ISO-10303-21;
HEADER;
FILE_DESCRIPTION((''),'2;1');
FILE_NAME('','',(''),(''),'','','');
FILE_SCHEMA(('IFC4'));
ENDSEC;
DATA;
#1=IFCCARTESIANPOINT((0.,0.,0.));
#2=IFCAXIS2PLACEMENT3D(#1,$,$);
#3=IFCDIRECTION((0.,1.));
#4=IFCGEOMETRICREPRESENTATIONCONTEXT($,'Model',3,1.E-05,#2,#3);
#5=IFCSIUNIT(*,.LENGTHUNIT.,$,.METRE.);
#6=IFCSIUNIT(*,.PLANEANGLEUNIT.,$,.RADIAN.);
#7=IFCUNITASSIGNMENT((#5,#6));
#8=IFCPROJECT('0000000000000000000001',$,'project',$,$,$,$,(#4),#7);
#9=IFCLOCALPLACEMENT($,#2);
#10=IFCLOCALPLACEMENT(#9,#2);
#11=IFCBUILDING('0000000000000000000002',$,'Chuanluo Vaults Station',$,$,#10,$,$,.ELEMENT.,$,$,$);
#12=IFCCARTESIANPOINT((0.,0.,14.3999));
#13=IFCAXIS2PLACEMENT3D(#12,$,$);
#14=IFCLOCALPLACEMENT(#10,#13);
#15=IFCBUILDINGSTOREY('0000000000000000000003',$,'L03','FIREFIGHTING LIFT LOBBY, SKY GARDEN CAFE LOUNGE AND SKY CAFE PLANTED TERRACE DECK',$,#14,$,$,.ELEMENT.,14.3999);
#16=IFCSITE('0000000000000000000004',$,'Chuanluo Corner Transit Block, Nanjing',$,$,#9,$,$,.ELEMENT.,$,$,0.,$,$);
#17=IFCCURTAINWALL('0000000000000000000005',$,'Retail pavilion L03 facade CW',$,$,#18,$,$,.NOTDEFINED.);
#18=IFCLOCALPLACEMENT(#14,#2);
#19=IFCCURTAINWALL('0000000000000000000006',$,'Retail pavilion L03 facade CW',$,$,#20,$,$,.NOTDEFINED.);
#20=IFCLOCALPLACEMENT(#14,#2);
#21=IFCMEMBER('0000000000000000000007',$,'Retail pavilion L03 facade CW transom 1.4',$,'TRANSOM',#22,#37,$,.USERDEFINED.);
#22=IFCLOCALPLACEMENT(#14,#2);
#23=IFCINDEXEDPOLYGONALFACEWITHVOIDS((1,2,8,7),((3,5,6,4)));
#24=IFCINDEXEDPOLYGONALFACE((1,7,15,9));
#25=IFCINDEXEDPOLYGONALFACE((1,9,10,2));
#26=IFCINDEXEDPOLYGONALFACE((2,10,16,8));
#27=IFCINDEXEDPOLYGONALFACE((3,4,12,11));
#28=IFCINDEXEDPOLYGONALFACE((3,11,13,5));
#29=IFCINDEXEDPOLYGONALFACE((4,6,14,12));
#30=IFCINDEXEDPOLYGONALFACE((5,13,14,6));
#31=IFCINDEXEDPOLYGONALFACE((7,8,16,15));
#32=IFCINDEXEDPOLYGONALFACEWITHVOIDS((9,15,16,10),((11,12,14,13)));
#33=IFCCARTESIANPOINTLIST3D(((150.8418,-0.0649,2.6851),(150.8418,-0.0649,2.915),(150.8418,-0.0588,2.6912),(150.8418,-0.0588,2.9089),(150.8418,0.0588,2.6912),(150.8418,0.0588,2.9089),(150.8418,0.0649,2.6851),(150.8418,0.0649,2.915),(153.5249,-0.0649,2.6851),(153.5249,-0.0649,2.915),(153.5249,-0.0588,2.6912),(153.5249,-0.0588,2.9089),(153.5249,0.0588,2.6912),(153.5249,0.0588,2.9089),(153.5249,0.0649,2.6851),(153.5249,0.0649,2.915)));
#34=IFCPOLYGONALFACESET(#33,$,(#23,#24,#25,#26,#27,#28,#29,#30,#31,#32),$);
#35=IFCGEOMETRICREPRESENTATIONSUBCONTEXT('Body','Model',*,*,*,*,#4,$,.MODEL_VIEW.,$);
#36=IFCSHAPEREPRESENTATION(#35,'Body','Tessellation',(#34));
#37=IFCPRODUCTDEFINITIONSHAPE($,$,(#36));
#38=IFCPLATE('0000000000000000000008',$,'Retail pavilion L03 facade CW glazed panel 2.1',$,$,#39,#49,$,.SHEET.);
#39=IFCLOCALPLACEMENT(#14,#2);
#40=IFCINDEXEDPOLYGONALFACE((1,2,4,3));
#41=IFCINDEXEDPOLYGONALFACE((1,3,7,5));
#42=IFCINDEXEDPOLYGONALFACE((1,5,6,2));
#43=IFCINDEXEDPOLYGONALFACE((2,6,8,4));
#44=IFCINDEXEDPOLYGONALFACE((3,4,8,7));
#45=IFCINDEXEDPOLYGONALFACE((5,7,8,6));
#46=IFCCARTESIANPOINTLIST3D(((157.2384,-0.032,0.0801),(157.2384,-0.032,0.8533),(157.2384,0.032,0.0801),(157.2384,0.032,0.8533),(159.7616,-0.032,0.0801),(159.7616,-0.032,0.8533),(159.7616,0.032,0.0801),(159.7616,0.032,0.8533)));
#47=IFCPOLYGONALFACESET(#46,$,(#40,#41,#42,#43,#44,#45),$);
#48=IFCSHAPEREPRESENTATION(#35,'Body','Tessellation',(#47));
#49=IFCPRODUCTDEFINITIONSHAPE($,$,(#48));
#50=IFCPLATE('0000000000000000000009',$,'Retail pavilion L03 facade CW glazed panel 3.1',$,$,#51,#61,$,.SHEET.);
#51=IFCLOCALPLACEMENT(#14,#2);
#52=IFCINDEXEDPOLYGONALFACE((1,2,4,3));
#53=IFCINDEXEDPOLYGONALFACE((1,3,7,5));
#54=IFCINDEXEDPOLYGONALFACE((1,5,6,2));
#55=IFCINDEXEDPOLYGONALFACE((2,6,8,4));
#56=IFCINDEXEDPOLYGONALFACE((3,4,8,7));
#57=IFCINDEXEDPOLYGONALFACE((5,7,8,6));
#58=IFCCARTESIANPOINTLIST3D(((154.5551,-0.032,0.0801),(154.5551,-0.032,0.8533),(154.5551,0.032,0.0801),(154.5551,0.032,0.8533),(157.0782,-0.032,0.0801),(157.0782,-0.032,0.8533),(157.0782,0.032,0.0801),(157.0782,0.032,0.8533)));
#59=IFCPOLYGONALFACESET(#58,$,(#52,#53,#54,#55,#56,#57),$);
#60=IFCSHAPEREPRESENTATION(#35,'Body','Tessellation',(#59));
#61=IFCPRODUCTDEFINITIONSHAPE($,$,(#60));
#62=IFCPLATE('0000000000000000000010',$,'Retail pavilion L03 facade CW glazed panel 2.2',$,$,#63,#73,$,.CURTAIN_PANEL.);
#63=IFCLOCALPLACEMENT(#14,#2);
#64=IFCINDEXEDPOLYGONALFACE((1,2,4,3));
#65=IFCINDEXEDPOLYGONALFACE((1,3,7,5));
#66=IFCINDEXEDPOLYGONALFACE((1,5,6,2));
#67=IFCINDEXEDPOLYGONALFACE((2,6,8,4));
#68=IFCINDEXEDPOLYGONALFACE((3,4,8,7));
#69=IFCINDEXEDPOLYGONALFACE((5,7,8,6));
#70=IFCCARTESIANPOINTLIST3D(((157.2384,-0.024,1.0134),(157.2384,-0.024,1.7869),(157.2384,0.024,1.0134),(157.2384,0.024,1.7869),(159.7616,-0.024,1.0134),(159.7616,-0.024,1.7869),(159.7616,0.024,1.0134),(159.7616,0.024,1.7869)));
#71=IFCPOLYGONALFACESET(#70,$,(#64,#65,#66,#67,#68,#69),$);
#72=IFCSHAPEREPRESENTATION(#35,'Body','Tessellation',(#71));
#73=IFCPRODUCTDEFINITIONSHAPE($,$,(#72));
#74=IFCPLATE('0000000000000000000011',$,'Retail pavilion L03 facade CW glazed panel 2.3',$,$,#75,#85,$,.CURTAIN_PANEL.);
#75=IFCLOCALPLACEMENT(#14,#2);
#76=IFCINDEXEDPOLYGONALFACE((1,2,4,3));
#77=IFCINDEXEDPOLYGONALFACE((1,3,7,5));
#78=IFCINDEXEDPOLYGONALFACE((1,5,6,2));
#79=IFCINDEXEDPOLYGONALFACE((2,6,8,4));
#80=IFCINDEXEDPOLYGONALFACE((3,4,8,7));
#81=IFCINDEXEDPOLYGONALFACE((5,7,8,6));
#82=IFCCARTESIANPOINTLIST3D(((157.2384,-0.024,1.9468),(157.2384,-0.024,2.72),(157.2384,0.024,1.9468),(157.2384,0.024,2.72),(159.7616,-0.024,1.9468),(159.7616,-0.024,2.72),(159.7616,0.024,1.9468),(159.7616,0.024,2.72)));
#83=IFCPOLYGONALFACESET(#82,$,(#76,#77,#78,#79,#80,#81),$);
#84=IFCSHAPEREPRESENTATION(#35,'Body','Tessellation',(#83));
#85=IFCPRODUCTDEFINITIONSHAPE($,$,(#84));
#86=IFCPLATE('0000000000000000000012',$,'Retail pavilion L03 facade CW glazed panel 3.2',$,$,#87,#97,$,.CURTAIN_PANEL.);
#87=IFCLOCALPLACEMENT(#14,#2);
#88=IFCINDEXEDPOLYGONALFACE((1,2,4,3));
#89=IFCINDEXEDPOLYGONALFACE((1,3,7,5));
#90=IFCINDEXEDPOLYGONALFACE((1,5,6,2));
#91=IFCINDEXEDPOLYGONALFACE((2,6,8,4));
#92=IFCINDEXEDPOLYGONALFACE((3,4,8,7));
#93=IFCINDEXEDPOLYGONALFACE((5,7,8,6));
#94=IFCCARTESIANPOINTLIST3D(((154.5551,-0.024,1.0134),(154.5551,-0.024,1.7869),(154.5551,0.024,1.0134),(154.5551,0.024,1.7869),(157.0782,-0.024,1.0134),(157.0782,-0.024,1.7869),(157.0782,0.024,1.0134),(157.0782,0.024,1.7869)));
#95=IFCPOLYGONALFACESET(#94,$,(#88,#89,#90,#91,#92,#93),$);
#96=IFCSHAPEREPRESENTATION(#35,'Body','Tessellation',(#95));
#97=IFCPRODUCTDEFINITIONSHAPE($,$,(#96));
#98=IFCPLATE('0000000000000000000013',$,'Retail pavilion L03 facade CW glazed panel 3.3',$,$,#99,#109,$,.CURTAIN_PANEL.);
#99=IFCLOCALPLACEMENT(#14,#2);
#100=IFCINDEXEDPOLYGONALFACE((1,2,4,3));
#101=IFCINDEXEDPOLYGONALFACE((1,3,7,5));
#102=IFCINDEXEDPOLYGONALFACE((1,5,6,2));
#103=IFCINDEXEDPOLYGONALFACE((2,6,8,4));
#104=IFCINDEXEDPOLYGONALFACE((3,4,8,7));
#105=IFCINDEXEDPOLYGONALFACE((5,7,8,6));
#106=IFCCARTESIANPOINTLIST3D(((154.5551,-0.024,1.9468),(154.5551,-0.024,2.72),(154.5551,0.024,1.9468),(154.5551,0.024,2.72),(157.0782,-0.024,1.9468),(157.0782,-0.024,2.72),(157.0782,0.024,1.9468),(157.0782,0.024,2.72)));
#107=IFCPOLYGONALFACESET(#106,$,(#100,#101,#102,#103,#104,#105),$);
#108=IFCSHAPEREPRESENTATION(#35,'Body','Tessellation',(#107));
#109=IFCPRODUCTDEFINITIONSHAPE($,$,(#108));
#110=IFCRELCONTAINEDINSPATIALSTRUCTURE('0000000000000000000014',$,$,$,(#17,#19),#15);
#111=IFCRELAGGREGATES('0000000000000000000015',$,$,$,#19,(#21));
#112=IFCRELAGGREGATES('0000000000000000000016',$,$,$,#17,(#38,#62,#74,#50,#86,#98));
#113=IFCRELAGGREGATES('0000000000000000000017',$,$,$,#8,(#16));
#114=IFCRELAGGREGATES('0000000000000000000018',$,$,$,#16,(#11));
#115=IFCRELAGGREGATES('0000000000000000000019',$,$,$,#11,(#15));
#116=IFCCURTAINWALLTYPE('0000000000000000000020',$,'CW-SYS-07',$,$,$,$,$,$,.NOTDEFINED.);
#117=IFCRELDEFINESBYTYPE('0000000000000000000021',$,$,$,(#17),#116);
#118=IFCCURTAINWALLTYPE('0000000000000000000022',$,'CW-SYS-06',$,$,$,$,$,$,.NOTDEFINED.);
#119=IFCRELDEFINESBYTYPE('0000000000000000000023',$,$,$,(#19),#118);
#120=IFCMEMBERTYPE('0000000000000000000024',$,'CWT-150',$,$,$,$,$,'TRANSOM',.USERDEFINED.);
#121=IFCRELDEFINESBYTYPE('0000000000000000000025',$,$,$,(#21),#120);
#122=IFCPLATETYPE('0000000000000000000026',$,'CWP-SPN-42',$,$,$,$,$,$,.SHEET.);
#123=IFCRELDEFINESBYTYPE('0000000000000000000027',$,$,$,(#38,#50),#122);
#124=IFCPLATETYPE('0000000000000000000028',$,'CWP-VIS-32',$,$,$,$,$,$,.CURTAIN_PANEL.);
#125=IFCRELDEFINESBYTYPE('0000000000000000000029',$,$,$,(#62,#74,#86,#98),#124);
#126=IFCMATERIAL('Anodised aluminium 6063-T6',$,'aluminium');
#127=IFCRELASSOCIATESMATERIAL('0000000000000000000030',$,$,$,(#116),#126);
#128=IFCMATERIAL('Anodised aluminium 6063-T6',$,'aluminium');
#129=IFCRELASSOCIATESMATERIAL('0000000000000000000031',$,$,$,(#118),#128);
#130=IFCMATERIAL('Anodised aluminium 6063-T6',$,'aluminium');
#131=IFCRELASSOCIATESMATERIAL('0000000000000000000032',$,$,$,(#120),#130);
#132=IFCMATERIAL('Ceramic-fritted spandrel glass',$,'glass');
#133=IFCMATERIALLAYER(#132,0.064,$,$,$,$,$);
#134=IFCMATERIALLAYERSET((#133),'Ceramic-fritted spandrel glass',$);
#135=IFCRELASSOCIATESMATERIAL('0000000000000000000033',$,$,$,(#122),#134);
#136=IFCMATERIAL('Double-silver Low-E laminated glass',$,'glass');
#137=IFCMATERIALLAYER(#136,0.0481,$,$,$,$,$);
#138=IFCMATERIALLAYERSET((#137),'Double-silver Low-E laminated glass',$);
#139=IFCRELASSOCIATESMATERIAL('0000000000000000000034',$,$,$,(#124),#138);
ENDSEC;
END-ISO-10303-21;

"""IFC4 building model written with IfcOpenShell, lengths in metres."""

from ifc_helpers import new_model, si_unit, direction, frame, origin, origin_2d, place, context, subcontext, project, spatial, rectangle, hollow_rectangle, extrude, material, layer, layer_set, material_profile, profile_set, type_object, element, aggregate, save


model = new_model("IFC4")

# Units and contexts
model_context = context("Model", 3, precision=1e-05, world=origin(), true_north=direction((0.0, 1.0)))
body_context = subcontext(model_context, "Body", "Model", "MODEL_VIEW")
ifc_project = project(units=[si_unit("LENGTHUNIT", "METRE"), si_unit("PLANEANGLEUNIT", "RADIAN")], contexts=[model_context])

# Site, building, storey
site_placement = place(None, origin())
site = spatial("IfcSite", under=ifc_project, at=site_placement, Name="Chuanluo Corner Transit Block, Nanjing", CompositionType="ELEMENT", RefElevation=0.0)
building_placement = place(site_placement, origin())
building = spatial("IfcBuilding", under=site, at=building_placement, Name="Chuanluo Vaults Station", CompositionType="ELEMENT")
storey_placement = place(building_placement, frame((0.0, 0.0, 14.3999)))
storey = spatial("IfcBuildingStorey", under=building, at=storey_placement, Name="L03", Description="FIREFIGHTING LIFT LOBBY, SKY GARDEN CAFE LOUNGE AND SKY CAFE PLANTED TERRACE DECK", CompositionType="ELEMENT", Elevation=14.3999)

# Curtain wall
ifc_material_1 = material(Name="Anodised aluminium 6063-T6", Category="aluminium")
curtain_wall_type_1 = type_object("IfcCurtainWallType", Name="CW-SYS-07", PredefinedType="NOTDEFINED", material=ifc_material_1)
curtain_wall_1_placement = place(storey_placement, origin())
curtain_wall_1 = element("IfcCurtainWall", 1, at=curtain_wall_1_placement, inside=storey, type_object=curtain_wall_type_1, Name="Retail pavilion L03 facade CW", PredefinedType="NOTDEFINED")

# Curtain wall
ifc_material_2 = material(Name="Anodised aluminium 6063-T6", Category="aluminium")
curtain_wall_type_2 = type_object("IfcCurtainWallType", Name="CW-SYS-06", PredefinedType="NOTDEFINED", material=ifc_material_2)
curtain_wall_2_placement = place(storey_placement, origin())
curtain_wall_2 = element("IfcCurtainWall", 2, at=curtain_wall_2_placement, inside=storey, type_object=curtain_wall_type_2, Name="Retail pavilion L03 facade CW", PredefinedType="NOTDEFINED")

# Member
ifc_material_3 = material(Name="Anodised aluminium 6063-T6", Category="aluminium")
ifc_material_profile_1 = material_profile(ifc_material_3, hollow_rectangle(XDim=0.1299, YDim=0.23, WallThickness=0.0061, at=origin_2d()))
ifc_profile_set_1 = profile_set([ifc_material_profile_1], Name="Anodised aluminium 6063-T6")
member_type_1 = type_object("IfcMemberType", Name="CWT-150", ElementType="TRANSOM", PredefinedType="USERDEFINED", material=ifc_profile_set_1)
member_1_placement = place(storey_placement, frame((153.5249, 0.0, 2.8), z_axis=(-1.0, 0.0, 0.0), x_axis=(0.0, -1.0, 0.0)))
member_1 = element("IfcMember", 3, at=member_1_placement, type_object=member_type_1, Name="Retail pavilion L03 facade CW transom 1.4", ObjectType="TRANSOM", PredefinedType="USERDEFINED", context=body_context, shape_type="SweptSolid", body=[
    extrude(hollow_rectangle(XDim=0.1299, YDim=0.23, WallThickness=0.0061, at=origin_2d()), origin(), (0.0, 0.0, 1.0), 2.6831),
])
aggregate(curtain_wall_2, [member_1])

# Plates
ifc_material_4 = material(Name="Ceramic-fritted spandrel glass", Category="glass")
ifc_layer_1 = layer(ifc_material_4, 0.064)
ifc_layer_set_1 = layer_set([ifc_layer_1], Name="Ceramic-fritted spandrel glass")
plate_type_1 = type_object("IfcPlateType", Name="CWP-SPN-42", PredefinedType="SHEET", material=ifc_layer_set_1)
plate_1_placement = place(storey_placement, frame((158.5, 0.0, 0.0801), z_axis=(0.0, 0.0, 1.0), x_axis=(-1.0, 0.0, 0.0)))
plate_1 = element("IfcPlate", 4, at=plate_1_placement, type_object=plate_type_1, Name="Retail pavilion L03 facade CW glazed panel 2.1", PredefinedType="SHEET", context=body_context, shape_type="SweptSolid", body=[
    extrude(rectangle(XDim=2.5232, YDim=0.064, at=origin_2d()), origin(), (0.0, 0.0, 1.0), 0.7732),
])
plate_2_placement = place(storey_placement, frame((155.8167, 0.0, 0.0801), z_axis=(0.0, 0.0, 1.0), x_axis=(-1.0, 0.0, 0.0)))
plate_2 = element("IfcPlate", 5, at=plate_2_placement, type_object=plate_type_1, Name="Retail pavilion L03 facade CW glazed panel 3.1", PredefinedType="SHEET", context=body_context, shape_type="SweptSolid", body=[
    extrude(rectangle(XDim=2.5232, YDim=0.064, at=origin_2d()), origin(), (0.0, 0.0, 1.0), 0.7732),
])
ifc_material_5 = material(Name="Double-silver Low-E laminated glass", Category="glass")
ifc_layer_2 = layer(ifc_material_5, 0.0481)
ifc_layer_set_2 = layer_set([ifc_layer_2], Name="Double-silver Low-E laminated glass")
plate_type_2 = type_object("IfcPlateType", Name="CWP-VIS-32", PredefinedType="CURTAIN_PANEL", material=ifc_layer_set_2)
plate_3_placement = place(storey_placement, frame((158.5, 0.0, 1.0134), z_axis=(0.0, 0.0, 1.0), x_axis=(-1.0, 0.0, 0.0)))
plate_3 = element("IfcPlate", 6, at=plate_3_placement, type_object=plate_type_2, Name="Retail pavilion L03 facade CW glazed panel 2.2", PredefinedType="CURTAIN_PANEL", context=body_context, shape_type="SweptSolid", body=[
    extrude(rectangle(XDim=2.5232, YDim=0.0481, at=origin_2d()), origin(), (0.0, 0.0, 1.0), 0.7734),
])
plate_4_placement = place(storey_placement, frame((158.5, 0.0, 1.9468), z_axis=(0.0, 0.0, 1.0), x_axis=(-1.0, 0.0, 0.0)))
plate_4 = element("IfcPlate", 7, at=plate_4_placement, type_object=plate_type_2, Name="Retail pavilion L03 facade CW glazed panel 2.3", PredefinedType="CURTAIN_PANEL", context=body_context, shape_type="SweptSolid", body=[
    extrude(rectangle(XDim=2.5232, YDim=0.0481, at=origin_2d()), origin(), (0.0, 0.0, 1.0), 0.7732),
])
plate_5_placement = place(storey_placement, frame((155.8167, 0.0, 1.0134), z_axis=(0.0, 0.0, 1.0), x_axis=(-1.0, 0.0, 0.0)))
plate_5 = element("IfcPlate", 8, at=plate_5_placement, type_object=plate_type_2, Name="Retail pavilion L03 facade CW glazed panel 3.2", PredefinedType="CURTAIN_PANEL", context=body_context, shape_type="SweptSolid", body=[
    extrude(rectangle(XDim=2.5232, YDim=0.0481, at=origin_2d()), origin(), (0.0, 0.0, 1.0), 0.7734),
])
plate_6_placement = place(storey_placement, frame((155.8167, 0.0, 1.9468), z_axis=(0.0, 0.0, 1.0), x_axis=(-1.0, 0.0, 0.0)))
plate_6 = element("IfcPlate", 9, at=plate_6_placement, type_object=plate_type_2, Name="Retail pavilion L03 facade CW glazed panel 3.3", PredefinedType="CURTAIN_PANEL", context=body_context, shape_type="SweptSolid", body=[
    extrude(rectangle(XDim=2.5232, YDim=0.0481, at=origin_2d()), origin(), (0.0, 0.0, 1.0), 0.7732),
])
aggregate(curtain_wall_1, [plate_1, plate_3, plate_4, plate_2, plate_5, plate_6])

save(model, "model.ifc")
